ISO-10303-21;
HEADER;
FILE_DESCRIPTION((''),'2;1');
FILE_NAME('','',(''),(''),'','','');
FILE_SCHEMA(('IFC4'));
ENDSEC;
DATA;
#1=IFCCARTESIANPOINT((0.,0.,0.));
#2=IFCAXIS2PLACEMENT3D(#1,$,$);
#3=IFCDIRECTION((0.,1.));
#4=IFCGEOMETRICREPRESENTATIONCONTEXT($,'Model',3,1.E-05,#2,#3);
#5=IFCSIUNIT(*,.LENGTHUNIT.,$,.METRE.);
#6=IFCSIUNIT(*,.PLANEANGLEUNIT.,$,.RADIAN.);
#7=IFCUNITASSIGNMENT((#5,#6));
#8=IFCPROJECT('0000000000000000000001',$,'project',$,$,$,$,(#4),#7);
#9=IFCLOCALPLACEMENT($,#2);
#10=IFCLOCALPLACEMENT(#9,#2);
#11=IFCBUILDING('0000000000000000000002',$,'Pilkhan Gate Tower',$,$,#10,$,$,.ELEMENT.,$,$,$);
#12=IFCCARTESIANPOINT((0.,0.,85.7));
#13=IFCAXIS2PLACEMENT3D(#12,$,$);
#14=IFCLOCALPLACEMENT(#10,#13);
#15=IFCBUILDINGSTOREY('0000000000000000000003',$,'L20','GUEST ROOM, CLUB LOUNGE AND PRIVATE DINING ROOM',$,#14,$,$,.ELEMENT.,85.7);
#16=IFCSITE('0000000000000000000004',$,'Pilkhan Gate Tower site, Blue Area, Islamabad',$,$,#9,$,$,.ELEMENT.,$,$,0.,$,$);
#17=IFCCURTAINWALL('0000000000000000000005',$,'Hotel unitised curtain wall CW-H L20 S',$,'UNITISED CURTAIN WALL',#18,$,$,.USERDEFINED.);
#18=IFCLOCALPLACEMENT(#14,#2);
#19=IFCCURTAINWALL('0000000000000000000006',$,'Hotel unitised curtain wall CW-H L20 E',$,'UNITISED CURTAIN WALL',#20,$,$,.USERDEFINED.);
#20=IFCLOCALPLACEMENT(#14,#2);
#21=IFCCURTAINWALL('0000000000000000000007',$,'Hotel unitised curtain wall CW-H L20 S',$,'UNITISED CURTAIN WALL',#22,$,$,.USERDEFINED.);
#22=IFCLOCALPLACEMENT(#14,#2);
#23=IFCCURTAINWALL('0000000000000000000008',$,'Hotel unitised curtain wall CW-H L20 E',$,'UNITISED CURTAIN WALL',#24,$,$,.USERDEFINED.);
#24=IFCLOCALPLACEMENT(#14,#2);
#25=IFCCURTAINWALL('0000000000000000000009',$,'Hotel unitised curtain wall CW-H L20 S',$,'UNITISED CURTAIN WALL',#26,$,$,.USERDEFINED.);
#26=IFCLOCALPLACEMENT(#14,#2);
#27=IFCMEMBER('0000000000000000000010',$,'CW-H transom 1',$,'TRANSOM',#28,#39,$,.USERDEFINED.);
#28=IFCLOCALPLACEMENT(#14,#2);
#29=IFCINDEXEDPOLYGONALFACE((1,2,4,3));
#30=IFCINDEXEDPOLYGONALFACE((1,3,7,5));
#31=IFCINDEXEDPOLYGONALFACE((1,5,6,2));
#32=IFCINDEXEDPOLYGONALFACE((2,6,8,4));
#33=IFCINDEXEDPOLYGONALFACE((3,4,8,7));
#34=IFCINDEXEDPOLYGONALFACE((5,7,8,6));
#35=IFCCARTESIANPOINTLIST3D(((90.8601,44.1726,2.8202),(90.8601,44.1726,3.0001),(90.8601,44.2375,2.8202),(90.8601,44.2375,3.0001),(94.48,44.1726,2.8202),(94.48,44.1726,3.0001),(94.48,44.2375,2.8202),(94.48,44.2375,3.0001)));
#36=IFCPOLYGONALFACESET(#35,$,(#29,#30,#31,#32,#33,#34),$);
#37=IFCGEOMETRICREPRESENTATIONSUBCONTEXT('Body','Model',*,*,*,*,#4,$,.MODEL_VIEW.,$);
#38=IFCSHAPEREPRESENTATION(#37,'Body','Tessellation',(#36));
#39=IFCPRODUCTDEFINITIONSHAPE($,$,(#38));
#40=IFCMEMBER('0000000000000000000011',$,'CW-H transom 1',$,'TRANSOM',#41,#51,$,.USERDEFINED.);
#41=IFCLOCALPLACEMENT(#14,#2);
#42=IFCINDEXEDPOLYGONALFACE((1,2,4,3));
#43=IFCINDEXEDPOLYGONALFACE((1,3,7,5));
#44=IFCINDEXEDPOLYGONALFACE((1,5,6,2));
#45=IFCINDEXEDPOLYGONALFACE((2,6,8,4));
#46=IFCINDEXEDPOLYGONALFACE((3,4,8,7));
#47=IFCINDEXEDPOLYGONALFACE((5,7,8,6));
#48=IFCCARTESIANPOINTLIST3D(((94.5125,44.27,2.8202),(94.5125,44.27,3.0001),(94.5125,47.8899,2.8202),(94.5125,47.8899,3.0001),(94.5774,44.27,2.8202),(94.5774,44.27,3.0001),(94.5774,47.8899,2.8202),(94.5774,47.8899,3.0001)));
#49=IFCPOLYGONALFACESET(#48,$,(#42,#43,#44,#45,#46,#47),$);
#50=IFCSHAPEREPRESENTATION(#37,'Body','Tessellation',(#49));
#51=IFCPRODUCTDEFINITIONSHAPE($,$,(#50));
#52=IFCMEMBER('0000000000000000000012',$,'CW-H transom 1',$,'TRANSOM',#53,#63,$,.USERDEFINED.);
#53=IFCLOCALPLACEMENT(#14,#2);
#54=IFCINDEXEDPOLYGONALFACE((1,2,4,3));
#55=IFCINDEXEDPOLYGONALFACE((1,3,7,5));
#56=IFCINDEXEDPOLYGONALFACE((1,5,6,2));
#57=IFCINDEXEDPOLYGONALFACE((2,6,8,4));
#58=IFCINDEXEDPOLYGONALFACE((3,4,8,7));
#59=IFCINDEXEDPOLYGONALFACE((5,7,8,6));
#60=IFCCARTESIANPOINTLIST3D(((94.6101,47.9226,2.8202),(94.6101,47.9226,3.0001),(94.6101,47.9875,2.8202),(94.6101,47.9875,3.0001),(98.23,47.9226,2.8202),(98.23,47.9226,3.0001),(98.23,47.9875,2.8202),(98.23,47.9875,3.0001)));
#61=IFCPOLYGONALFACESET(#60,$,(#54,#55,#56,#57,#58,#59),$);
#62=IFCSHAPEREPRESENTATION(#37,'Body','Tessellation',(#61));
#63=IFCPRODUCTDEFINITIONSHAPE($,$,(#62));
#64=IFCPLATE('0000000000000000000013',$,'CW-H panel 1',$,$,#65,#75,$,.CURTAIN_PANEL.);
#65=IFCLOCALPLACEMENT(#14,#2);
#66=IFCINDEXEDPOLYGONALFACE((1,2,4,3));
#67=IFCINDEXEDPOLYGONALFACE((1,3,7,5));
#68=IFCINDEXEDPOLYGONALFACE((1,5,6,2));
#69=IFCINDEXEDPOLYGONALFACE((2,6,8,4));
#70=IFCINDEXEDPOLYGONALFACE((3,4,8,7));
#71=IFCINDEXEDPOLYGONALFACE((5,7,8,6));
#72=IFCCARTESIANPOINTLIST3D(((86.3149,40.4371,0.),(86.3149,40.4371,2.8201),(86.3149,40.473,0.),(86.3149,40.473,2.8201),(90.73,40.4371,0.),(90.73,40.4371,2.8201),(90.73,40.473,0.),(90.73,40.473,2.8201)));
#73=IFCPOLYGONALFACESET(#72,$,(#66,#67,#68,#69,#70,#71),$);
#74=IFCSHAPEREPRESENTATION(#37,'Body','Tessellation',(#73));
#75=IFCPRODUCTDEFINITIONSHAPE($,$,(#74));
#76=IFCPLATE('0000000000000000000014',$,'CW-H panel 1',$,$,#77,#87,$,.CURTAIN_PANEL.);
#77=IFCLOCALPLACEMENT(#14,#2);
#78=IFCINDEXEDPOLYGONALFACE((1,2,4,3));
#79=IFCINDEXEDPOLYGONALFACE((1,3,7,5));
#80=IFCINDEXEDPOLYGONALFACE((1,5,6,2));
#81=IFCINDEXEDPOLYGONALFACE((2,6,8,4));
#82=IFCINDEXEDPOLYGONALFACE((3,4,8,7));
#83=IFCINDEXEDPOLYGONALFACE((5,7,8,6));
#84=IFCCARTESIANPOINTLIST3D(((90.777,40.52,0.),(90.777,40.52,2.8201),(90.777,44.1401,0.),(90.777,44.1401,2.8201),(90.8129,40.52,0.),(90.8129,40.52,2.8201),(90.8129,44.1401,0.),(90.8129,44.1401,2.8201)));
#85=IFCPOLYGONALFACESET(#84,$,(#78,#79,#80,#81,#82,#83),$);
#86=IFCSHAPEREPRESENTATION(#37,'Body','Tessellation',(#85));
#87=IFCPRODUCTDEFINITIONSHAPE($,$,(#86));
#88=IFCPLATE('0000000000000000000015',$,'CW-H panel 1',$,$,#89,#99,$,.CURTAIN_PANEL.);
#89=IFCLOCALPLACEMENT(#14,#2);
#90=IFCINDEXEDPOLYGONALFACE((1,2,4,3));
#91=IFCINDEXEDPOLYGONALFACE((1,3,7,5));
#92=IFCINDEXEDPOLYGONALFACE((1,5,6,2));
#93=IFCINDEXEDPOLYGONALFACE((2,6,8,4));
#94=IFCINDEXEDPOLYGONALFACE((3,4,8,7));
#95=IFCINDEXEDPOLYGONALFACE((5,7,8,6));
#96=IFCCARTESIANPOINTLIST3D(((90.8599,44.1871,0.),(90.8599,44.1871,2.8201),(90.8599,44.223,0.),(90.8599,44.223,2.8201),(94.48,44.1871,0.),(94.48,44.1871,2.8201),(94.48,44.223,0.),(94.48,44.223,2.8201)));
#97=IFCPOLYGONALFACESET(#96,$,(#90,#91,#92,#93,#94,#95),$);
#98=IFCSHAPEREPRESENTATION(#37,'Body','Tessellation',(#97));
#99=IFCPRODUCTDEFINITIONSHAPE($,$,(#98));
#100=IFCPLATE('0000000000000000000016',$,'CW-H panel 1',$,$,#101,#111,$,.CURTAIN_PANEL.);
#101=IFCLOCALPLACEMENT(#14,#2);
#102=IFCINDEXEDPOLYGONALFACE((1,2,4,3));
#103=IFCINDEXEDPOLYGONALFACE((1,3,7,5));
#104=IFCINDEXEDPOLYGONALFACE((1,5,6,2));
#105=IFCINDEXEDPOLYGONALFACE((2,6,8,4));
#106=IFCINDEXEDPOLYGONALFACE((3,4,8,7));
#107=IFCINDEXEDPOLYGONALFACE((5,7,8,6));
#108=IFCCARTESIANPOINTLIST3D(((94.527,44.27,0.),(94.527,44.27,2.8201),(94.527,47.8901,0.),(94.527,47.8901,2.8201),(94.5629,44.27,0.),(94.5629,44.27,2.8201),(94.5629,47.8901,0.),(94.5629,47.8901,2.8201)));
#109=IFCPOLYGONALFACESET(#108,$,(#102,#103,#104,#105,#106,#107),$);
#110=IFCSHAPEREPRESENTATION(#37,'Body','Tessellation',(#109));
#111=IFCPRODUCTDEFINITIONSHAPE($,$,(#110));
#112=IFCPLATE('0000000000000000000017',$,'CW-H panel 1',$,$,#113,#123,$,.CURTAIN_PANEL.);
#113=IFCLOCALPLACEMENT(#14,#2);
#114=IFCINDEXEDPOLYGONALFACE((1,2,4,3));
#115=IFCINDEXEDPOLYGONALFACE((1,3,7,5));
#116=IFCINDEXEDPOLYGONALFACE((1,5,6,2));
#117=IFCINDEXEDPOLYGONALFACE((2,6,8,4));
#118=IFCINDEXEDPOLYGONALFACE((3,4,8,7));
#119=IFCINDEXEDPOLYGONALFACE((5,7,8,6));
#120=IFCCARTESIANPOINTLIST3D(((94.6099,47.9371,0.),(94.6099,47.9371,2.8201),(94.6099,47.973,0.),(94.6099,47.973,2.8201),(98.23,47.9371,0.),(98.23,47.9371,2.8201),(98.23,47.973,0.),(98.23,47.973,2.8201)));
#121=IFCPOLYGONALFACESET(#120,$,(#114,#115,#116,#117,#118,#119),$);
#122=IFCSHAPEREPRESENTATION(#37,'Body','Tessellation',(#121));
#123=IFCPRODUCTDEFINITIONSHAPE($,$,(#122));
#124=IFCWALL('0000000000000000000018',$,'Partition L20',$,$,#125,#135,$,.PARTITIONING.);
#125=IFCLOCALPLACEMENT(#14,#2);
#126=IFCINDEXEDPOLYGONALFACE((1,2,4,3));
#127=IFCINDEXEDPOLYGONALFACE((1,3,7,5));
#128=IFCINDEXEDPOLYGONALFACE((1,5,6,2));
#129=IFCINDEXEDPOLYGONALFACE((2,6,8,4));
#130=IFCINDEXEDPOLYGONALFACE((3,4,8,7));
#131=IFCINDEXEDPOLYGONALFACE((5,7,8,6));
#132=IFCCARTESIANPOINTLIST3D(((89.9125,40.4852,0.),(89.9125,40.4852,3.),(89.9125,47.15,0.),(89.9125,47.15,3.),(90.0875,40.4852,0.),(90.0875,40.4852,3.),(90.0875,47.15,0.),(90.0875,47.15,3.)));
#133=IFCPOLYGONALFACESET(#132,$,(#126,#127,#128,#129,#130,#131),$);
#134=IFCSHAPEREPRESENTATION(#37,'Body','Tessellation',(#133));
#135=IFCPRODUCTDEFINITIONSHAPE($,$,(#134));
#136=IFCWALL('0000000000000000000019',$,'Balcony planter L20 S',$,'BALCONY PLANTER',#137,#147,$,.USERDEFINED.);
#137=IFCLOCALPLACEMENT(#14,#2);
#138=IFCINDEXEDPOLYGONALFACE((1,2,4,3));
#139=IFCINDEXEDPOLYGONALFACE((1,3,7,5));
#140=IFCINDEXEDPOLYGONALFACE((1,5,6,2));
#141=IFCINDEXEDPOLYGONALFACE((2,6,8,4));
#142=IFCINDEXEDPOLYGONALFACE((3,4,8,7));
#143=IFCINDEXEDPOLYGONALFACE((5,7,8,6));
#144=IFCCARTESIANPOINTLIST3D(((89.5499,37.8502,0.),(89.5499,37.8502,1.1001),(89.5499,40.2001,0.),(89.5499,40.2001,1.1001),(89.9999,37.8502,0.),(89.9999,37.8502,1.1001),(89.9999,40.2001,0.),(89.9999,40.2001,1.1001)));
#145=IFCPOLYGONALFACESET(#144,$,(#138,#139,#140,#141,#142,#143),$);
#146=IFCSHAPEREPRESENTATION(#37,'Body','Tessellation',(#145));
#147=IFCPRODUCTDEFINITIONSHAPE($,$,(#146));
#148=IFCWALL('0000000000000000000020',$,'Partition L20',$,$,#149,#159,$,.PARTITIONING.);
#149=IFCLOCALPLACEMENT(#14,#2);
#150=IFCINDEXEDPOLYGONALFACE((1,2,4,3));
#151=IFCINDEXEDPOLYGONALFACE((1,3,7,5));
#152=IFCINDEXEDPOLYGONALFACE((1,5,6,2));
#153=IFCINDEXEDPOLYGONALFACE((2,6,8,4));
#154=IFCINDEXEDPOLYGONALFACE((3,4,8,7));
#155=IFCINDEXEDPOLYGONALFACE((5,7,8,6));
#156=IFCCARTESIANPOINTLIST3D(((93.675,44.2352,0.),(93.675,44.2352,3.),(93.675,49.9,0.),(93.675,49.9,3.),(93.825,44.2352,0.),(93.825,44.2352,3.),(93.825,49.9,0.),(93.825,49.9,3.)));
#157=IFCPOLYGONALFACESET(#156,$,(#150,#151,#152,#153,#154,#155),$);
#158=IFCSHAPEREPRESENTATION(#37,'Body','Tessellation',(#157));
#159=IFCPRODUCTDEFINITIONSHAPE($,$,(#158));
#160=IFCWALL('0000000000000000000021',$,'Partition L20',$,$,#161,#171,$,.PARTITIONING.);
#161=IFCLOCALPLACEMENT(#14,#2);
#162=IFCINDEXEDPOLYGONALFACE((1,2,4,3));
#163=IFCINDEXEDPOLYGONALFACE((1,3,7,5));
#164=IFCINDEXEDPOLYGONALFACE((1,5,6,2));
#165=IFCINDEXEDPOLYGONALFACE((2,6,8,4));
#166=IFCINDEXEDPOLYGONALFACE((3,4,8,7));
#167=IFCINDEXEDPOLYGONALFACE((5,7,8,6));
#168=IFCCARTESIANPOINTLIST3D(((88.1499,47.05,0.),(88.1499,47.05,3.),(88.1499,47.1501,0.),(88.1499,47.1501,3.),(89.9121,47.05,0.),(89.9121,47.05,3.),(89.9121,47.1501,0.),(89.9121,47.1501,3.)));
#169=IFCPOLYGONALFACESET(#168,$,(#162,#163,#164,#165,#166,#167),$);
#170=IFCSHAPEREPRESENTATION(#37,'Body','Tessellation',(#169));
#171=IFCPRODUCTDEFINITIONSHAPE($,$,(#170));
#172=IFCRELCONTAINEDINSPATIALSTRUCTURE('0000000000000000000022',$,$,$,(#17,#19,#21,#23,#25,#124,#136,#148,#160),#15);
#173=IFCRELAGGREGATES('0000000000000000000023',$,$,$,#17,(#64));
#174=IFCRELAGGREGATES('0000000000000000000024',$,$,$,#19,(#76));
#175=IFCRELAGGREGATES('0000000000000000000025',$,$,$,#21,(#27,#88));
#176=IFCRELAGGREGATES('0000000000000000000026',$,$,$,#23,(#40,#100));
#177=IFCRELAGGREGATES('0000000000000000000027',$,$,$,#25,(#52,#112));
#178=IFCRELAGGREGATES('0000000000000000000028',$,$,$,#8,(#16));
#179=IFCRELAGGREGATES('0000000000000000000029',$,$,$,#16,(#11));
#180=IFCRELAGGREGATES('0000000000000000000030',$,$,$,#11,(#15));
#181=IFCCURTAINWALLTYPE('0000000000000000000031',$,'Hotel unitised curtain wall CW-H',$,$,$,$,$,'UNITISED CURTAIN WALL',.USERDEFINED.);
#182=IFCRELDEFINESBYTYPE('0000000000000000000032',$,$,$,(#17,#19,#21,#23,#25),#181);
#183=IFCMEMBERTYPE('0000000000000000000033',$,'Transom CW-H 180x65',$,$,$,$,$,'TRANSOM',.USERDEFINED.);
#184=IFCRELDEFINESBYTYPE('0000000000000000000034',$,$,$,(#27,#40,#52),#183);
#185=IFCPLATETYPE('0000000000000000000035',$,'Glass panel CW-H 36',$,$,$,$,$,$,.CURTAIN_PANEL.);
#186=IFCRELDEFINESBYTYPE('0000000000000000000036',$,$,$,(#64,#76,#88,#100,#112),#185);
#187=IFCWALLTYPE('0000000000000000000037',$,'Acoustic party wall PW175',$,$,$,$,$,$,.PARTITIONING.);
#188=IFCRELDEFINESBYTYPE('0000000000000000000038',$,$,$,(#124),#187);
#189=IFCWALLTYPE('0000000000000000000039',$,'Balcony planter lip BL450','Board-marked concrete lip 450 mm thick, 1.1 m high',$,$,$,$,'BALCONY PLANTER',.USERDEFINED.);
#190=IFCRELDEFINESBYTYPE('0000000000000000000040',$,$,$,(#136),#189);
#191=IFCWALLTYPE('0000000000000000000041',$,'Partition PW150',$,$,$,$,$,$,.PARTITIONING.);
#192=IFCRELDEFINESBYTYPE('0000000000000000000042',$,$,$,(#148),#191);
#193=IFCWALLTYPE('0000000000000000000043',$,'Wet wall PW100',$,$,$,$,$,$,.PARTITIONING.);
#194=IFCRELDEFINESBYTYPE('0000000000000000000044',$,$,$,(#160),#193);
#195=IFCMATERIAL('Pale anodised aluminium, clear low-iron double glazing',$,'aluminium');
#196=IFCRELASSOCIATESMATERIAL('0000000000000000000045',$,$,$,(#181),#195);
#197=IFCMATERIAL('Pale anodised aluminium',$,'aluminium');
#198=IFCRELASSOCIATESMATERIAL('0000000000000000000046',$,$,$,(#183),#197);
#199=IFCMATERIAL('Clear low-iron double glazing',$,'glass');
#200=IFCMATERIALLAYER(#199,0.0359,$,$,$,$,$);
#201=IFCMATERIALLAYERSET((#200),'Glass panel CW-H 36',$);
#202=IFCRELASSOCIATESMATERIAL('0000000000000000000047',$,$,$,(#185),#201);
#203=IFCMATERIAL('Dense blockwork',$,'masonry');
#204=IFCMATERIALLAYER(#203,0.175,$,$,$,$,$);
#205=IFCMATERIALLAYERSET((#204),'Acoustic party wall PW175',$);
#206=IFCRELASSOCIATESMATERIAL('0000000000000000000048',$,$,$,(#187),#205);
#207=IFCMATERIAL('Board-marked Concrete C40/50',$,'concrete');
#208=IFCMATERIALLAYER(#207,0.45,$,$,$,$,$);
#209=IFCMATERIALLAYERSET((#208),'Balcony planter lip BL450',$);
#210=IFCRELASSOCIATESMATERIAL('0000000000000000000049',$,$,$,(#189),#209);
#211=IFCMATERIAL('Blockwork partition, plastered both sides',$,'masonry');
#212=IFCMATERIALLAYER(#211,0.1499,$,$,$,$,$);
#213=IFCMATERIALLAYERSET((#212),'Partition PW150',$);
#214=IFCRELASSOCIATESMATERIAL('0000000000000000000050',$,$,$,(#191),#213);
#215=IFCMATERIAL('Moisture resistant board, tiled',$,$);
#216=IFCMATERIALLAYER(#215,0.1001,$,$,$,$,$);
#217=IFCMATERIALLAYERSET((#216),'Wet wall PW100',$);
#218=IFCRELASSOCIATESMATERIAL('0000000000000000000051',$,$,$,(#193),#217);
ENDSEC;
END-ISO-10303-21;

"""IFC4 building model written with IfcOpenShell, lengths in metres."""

from ifc_helpers import new_model, si_unit, direction, frame, frame_2d, origin, origin_2d, place, context, subcontext, project, spatial, rectangle, extrude, material, layer, layer_set, material_profile, profile_set, type_object, element, aggregate, save


model = new_model("IFC4")

# Units and contexts
model_context = context("Model", 3, precision=1e-05, world=origin(), true_north=direction((0.0, 1.0)))
body_context = subcontext(model_context, "Body", "Model", "MODEL_VIEW")
ifc_project = project(units=[si_unit("LENGTHUNIT", "METRE"), si_unit("PLANEANGLEUNIT", "RADIAN")], contexts=[model_context])

# Site, building, storey
site_placement = place(None, origin())
site = spatial("IfcSite", under=ifc_project, at=site_placement, Name="Pilkhan Gate Tower site, Blue Area, Islamabad", CompositionType="ELEMENT", RefElevation=0.0)
building_placement = place(site_placement, origin())
building = spatial("IfcBuilding", under=site, at=building_placement, Name="Pilkhan Gate Tower", CompositionType="ELEMENT")
storey_placement = place(building_placement, frame((0.0, 0.0, 85.7)))
storey = spatial("IfcBuildingStorey", under=building, at=storey_placement, Name="L20", Description="GUEST ROOM, CLUB LOUNGE AND PRIVATE DINING ROOM", CompositionType="ELEMENT", Elevation=85.7)

# Curtain wall
ifc_material_1 = material(Name="Pale anodised aluminium, clear low-iron double glazing", Category="aluminium")
curtain_wall_type = type_object("IfcCurtainWallType", Name="Hotel unitised curtain wall CW-H", ElementType="UNITISED CURTAIN WALL", PredefinedType="USERDEFINED", material=ifc_material_1)
curtain_wall_1_placement = place(storey_placement, origin())
curtain_wall_1 = element("IfcCurtainWall", 1, at=curtain_wall_1_placement, inside=storey, type_object=curtain_wall_type, Name="Hotel unitised curtain wall CW-H L20 S", ObjectType="UNITISED CURTAIN WALL", PredefinedType="USERDEFINED")
ifc_material_2 = material(Name="Pale anodised aluminium", Category="aluminium")

# Curtain walls
curtain_wall_2_placement = place(storey_placement, origin())
curtain_wall_2 = element("IfcCurtainWall", 2, at=curtain_wall_2_placement, inside=storey, type_object=curtain_wall_type, Name="Hotel unitised curtain wall CW-H L20 E", ObjectType="UNITISED CURTAIN WALL", PredefinedType="USERDEFINED")
curtain_wall_3_placement = place(storey_placement, origin())
curtain_wall_3 = element("IfcCurtainWall", 3, at=curtain_wall_3_placement, inside=storey, type_object=curtain_wall_type, Name="Hotel unitised curtain wall CW-H L20 S", ObjectType="UNITISED CURTAIN WALL", PredefinedType="USERDEFINED")
curtain_wall_4_placement = place(storey_placement, origin())
curtain_wall_4 = element("IfcCurtainWall", 4, at=curtain_wall_4_placement, inside=storey, type_object=curtain_wall_type, Name="Hotel unitised curtain wall CW-H L20 E", ObjectType="UNITISED CURTAIN WALL", PredefinedType="USERDEFINED")
curtain_wall_5_placement = place(storey_placement, origin())
curtain_wall_5 = element("IfcCurtainWall", 5, at=curtain_wall_5_placement, inside=storey, type_object=curtain_wall_type, Name="Hotel unitised curtain wall CW-H L20 S", ObjectType="UNITISED CURTAIN WALL", PredefinedType="USERDEFINED")

# Members
ifc_material_profile_1 = material_profile(ifc_material_2, rectangle(XDim=0.0649, YDim=0.1799, at=origin_2d()), Name="Transom 180x65")
ifc_profile_set_1 = profile_set([ifc_material_profile_1], Name="Pale anodised aluminium")
member_type_1 = type_object("IfcMemberType", Name="Transom CW-H 180x65", ElementType="TRANSOM", PredefinedType="USERDEFINED", material=ifc_profile_set_1)
member_1_placement = place(storey_placement, frame((90.8601, 44.2051, 2.9102), z_axis=(1.0, 0.0, 0.0), x_axis=(0.0, 1.0, 0.0)))
member_1 = element("IfcMember", 6, at=member_1_placement, type_object=member_type_1, Name="CW-H transom 1", ObjectType="TRANSOM", PredefinedType="USERDEFINED", context=body_context, shape_type="SweptSolid", body=[
    extrude(rectangle(XDim=0.0649, YDim=0.1799, at=origin_2d()), origin(), (0.0, 0.0, 1.0), 3.6199),
])
member_2_placement = place(storey_placement, frame((94.5449, 44.27, 2.9102), z_axis=(0.0, 1.0, 0.0), x_axis=(-1.0, 0.0, 0.0)))
member_2 = element("IfcMember", 7, at=member_2_placement, type_object=member_type_1, Name="CW-H transom 1", ObjectType="TRANSOM", PredefinedType="USERDEFINED", context=body_context, shape_type="SweptSolid", body=[
    extrude(rectangle(XDim=0.0649, YDim=0.1799, at=origin_2d()), origin(), (0.0, 0.0, 1.0), 3.6199),
])
member_3_placement = place(storey_placement, frame((94.6101, 47.9551, 2.9102), z_axis=(1.0, 0.0, 0.0), x_axis=(0.0, 1.0, 0.0)))
member_3 = element("IfcMember", 8, at=member_3_placement, type_object=member_type_1, Name="CW-H transom 1", ObjectType="TRANSOM", PredefinedType="USERDEFINED", context=body_context, shape_type="SweptSolid", body=[
    extrude(rectangle(XDim=0.0649, YDim=0.1799, at=origin_2d()), origin(), (0.0, 0.0, 1.0), 3.6199),
])

# Plates
ifc_material_3 = material(Name="Clear low-iron double glazing", Category="glass")
ifc_layer_1 = layer(ifc_material_3, 0.0359)
ifc_layer_set_1 = layer_set([ifc_layer_1], Name="Glass panel CW-H 36")
plate_type = type_object("IfcPlateType", Name="Glass panel CW-H 36", PredefinedType="CURTAIN_PANEL", material=ifc_layer_set_1)
plate_1_placement = place(storey_placement, frame((88.5225, 40.4551, 0.0), z_axis=(0.0, 0.0, 1.0), x_axis=(1.0, 0.0, 0.0)))
plate_1 = element("IfcPlate", 9, at=plate_1_placement, type_object=plate_type, Name="CW-H panel 1", PredefinedType="CURTAIN_PANEL", context=body_context, shape_type="SweptSolid", body=[
    extrude(rectangle(XDim=4.415, YDim=0.0359, at=origin_2d()), origin(), (0.0, 0.0, 1.0), 2.8201),
])
aggregate(curtain_wall_1, [plate_1])
plate_2_placement = place(storey_placement, frame((90.7949, 42.3301, 0.0), z_axis=(0.0, 0.0, 1.0), x_axis=(0.0, 1.0, 0.0)))
plate_2 = element("IfcPlate", 10, at=plate_2_placement, type_object=plate_type, Name="CW-H panel 1", PredefinedType="CURTAIN_PANEL", context=body_context, shape_type="SweptSolid", body=[
    extrude(rectangle(XDim=3.6201, YDim=0.0359, at=origin_2d()), origin(), (0.0, 0.0, 1.0), 2.8201),
])
aggregate(curtain_wall_2, [plate_2])
plate_3_placement = place(storey_placement, frame((92.6699, 44.2051, 0.0), z_axis=(0.0, 0.0, 1.0), x_axis=(1.0, 0.0, 0.0)))
plate_3 = element("IfcPlate", 11, at=plate_3_placement, type_object=plate_type, Name="CW-H panel 1", PredefinedType="CURTAIN_PANEL", context=body_context, shape_type="SweptSolid", body=[
    extrude(rectangle(XDim=3.6201, YDim=0.0359, at=origin_2d()), origin(), (0.0, 0.0, 1.0), 2.8201),
])
aggregate(curtain_wall_3, [member_1, plate_3])
plate_4_placement = place(storey_placement, frame((94.5449, 46.0801, 0.0), z_axis=(0.0, 0.0, 1.0), x_axis=(0.0, 1.0, 0.0)))
plate_4 = element("IfcPlate", 12, at=plate_4_placement, type_object=plate_type, Name="CW-H panel 1", PredefinedType="CURTAIN_PANEL", context=body_context, shape_type="SweptSolid", body=[
    extrude(rectangle(XDim=3.6201, YDim=0.0359, at=origin_2d()), origin(), (0.0, 0.0, 1.0), 2.8201),
])
aggregate(curtain_wall_4, [member_2, plate_4])
plate_5_placement = place(storey_placement, frame((96.4199, 47.9551, 0.0), z_axis=(0.0, 0.0, 1.0), x_axis=(1.0, 0.0, 0.0)))
plate_5 = element("IfcPlate", 13, at=plate_5_placement, type_object=plate_type, Name="CW-H panel 1", PredefinedType="CURTAIN_PANEL", context=body_context, shape_type="SweptSolid", body=[
    extrude(rectangle(XDim=3.6201, YDim=0.0359, at=origin_2d()), origin(), (0.0, 0.0, 1.0), 2.8201),
])
aggregate(curtain_wall_5, [member_3, plate_5])

# Walls
ifc_material_4 = material(Name="Dense blockwork", Category="masonry")
ifc_layer_2 = layer(ifc_material_4, 0.175)
ifc_layer_set_2 = layer_set([ifc_layer_2], Name="Acoustic party wall PW175")
wall_type_1 = type_object("IfcWallType", Name="Acoustic party wall PW175", PredefinedType="PARTITIONING", material=ifc_layer_set_2)
wall_1_placement = place(storey_placement, frame((90.0, 40.4851, 0.0), z_axis=(0.0, 0.0, 1.0), x_axis=(0.0, 1.0, 0.0)))
element("IfcWall", 14, at=wall_1_placement, inside=storey, type_object=wall_type_1, Name="Partition L20", PredefinedType="PARTITIONING", context=body_context, shape_type="SweptSolid", body=[
    extrude(rectangle(XDim=6.6648, YDim=0.175, at=frame_2d((3.3325, 0.0))), origin(), (0.0, 0.0, 1.0), 3.0),
])
ifc_material_5 = material(Name="Board-marked Concrete C40/50", Category="concrete")
ifc_layer_3 = layer(ifc_material_5, 0.45)
ifc_layer_set_3 = layer_set([ifc_layer_3], Name="Balcony planter lip BL450")
wall_type_2 = type_object("IfcWallType", Name="Balcony planter lip BL450", Description="Board-marked concrete lip 450 mm thick, 1.1 m high", ElementType="BALCONY PLANTER", PredefinedType="USERDEFINED", material=ifc_layer_set_3)
wall_2_placement = place(storey_placement, frame((89.7749, 40.2, 0.0), z_axis=(0.0, 0.0, 1.0), x_axis=(0.0, -1.0, 0.0)))
element("IfcWall", 15, at=wall_2_placement, inside=storey, type_object=wall_type_2, Name="Balcony planter L20 S", ObjectType="BALCONY PLANTER", PredefinedType="USERDEFINED", context=body_context, shape_type="SweptSolid", body=[
    extrude(rectangle(XDim=2.3499, YDim=0.45, at=frame_2d((1.1748, 0.0))), origin(), (0.0, 0.0, 1.0), 1.1001),
])
ifc_material_6 = material(Name="Blockwork partition, plastered both sides", Category="masonry")
ifc_layer_4 = layer(ifc_material_6, 0.1499)
ifc_layer_set_4 = layer_set([ifc_layer_4], Name="Partition PW150")
wall_type_3 = type_object("IfcWallType", Name="Partition PW150", PredefinedType="PARTITIONING", material=ifc_layer_set_4)
wall_3_placement = place(storey_placement, frame((93.75, 44.2351, 0.0), z_axis=(0.0, 0.0, 1.0), x_axis=(0.0, 1.0, 0.0)))
element("IfcWall", 16, at=wall_3_placement, inside=storey, type_object=wall_type_3, Name="Partition L20", PredefinedType="PARTITIONING", context=body_context, shape_type="SweptSolid", body=[
    extrude(rectangle(XDim=5.6648, YDim=0.1499, at=frame_2d((2.8325, 0.0))), origin(), (0.0, 0.0, 1.0), 3.0),
])
ifc_material_7 = material(Name="Moisture resistant board, tiled")
ifc_layer_5 = layer(ifc_material_7, 0.1001)
ifc_layer_set_5 = layer_set([ifc_layer_5], Name="Wet wall PW100")
wall_type_4 = type_object("IfcWallType", Name="Wet wall PW100", PredefinedType="PARTITIONING", material=ifc_layer_set_5)
wall_4_placement = place(storey_placement, frame((88.1499, 47.1001, 0.0), z_axis=(0.0, 0.0, 1.0), x_axis=(1.0, 0.0, 0.0)))
element("IfcWall", 17, at=wall_4_placement, inside=storey, type_object=wall_type_4, Name="Partition L20", PredefinedType="PARTITIONING", context=body_context, shape_type="SweptSolid", body=[
    extrude(rectangle(XDim=1.7622, YDim=0.1001, at=frame_2d((0.8811, 0.0))), origin(), (0.0, 0.0, 1.0), 3.0),
])

save(model, "model.ifc")
